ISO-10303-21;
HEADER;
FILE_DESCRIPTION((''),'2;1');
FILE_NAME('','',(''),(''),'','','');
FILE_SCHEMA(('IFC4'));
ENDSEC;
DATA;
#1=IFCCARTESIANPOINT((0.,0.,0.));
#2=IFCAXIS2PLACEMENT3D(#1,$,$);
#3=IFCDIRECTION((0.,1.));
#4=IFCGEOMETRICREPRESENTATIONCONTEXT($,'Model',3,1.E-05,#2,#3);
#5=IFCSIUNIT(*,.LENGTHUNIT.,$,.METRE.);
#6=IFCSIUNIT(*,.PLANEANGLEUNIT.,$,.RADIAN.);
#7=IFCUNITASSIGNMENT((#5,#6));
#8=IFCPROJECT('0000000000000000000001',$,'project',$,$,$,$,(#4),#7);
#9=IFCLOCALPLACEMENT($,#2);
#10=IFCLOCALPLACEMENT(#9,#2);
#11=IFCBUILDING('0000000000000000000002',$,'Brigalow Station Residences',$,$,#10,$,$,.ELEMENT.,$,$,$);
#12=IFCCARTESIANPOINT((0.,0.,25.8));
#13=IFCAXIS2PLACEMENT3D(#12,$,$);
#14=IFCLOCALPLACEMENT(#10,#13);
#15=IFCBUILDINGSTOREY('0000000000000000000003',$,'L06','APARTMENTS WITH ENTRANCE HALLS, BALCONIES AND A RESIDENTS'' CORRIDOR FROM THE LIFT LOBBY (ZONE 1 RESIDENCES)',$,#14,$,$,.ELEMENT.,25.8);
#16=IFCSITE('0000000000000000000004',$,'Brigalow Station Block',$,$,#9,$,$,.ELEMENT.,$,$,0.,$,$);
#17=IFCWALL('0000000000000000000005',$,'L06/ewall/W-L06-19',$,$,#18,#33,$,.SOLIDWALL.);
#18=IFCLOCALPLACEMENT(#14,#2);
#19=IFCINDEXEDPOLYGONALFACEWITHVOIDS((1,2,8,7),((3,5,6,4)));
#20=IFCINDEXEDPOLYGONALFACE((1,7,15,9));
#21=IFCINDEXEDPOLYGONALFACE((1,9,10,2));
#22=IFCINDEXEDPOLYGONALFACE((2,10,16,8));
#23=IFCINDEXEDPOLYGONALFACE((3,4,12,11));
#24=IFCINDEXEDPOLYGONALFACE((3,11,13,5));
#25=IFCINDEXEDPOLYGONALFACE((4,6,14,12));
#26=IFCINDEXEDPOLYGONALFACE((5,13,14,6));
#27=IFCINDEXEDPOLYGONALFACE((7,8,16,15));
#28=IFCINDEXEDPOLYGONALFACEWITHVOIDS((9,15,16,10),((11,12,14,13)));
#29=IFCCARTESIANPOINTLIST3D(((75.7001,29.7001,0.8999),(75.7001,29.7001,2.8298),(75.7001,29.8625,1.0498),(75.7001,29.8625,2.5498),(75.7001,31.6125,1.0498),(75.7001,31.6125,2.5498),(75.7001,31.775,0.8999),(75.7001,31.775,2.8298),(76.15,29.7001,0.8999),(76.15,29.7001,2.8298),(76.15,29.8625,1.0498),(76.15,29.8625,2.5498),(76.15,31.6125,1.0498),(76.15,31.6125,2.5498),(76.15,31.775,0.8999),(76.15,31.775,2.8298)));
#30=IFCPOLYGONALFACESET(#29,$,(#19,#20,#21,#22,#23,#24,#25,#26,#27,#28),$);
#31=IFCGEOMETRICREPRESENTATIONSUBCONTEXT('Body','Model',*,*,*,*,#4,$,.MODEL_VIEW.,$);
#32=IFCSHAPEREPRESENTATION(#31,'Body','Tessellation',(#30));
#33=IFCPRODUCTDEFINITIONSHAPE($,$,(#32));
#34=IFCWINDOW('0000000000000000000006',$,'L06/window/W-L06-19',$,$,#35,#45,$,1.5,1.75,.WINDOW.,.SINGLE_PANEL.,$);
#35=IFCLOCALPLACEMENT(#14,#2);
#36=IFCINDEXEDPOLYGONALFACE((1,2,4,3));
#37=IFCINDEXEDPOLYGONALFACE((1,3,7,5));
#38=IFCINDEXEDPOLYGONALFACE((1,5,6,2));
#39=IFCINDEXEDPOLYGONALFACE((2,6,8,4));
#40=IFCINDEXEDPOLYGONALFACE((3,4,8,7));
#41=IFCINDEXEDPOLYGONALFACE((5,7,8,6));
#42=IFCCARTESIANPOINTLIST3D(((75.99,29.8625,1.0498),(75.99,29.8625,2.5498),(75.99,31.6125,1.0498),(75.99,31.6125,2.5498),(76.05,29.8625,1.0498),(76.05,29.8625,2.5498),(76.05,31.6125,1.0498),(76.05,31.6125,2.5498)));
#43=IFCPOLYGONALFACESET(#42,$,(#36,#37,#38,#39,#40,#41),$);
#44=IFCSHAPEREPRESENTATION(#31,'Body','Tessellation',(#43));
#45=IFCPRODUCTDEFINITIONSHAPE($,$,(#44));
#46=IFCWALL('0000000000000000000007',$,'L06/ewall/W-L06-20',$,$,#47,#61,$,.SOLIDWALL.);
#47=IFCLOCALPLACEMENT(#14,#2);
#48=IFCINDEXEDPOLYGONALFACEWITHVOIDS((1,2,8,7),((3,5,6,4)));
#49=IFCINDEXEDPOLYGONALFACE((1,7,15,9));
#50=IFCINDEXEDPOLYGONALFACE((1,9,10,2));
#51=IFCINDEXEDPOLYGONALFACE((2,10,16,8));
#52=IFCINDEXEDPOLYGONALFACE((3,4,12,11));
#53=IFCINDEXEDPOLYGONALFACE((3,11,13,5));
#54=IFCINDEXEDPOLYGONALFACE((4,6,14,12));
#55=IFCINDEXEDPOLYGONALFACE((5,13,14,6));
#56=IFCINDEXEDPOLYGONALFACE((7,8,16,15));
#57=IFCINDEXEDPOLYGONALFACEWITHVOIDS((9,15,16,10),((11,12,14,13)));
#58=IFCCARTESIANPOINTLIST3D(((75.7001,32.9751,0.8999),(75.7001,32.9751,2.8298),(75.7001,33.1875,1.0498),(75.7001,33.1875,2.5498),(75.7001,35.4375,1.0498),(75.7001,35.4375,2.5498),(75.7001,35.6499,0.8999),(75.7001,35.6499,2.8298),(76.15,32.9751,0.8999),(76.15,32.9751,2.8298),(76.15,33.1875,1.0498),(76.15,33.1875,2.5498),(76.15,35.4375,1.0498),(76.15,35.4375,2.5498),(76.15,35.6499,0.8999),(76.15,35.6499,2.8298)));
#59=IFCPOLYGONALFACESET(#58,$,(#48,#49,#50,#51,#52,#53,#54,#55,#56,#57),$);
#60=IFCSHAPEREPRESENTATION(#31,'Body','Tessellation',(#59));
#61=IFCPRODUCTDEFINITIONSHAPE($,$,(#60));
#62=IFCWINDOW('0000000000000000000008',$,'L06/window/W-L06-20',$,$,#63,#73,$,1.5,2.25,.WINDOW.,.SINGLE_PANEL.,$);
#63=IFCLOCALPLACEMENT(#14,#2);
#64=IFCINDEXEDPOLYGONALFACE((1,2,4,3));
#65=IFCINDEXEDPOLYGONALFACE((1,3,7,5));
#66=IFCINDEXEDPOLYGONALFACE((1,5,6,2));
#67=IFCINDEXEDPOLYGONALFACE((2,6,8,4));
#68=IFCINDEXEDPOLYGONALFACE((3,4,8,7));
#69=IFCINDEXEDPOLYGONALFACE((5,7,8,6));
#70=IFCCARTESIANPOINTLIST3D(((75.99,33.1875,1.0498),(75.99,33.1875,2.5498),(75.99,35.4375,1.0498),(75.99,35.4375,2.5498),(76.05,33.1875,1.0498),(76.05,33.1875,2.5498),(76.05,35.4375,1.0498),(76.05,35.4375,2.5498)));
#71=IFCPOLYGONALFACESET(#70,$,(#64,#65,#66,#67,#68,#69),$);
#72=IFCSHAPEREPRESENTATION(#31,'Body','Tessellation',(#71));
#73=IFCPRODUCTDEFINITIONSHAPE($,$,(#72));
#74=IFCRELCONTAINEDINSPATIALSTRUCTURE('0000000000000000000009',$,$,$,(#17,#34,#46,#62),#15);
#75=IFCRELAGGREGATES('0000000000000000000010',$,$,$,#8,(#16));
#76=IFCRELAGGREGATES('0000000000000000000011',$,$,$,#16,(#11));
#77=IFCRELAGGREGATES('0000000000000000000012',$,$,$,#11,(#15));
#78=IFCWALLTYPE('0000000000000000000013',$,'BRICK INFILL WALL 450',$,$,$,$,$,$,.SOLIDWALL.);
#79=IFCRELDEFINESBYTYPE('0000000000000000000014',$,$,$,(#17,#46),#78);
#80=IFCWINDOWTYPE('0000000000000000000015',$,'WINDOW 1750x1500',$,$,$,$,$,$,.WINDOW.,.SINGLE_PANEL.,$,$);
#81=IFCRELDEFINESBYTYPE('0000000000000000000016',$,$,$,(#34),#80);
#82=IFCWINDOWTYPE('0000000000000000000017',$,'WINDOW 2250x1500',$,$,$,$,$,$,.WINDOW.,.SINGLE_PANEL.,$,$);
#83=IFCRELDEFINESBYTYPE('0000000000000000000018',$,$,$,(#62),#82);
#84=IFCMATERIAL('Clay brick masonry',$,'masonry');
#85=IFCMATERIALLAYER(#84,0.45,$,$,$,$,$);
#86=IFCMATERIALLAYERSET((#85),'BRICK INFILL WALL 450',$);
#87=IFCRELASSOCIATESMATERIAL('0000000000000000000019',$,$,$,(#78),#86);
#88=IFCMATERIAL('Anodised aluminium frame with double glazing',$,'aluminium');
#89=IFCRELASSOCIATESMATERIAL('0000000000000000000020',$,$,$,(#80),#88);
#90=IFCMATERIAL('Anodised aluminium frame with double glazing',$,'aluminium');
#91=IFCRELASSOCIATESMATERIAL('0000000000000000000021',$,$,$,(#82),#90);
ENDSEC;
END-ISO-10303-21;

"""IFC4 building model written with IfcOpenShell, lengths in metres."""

from ifc_helpers import new_model, si_unit, direction, frame, frame_2d, origin, place, context, subcontext, project, spatial, rectangle, extrude, material, layer, layer_set, type_object, element, fill, save


model = new_model("IFC4")

# Units and contexts
model_context = context("Model", 3, precision=1e-05, world=origin(), true_north=direction((0.0, 1.0)))
body_context = subcontext(model_context, "Body", "Model", "MODEL_VIEW")
ifc_project = project(units=[si_unit("LENGTHUNIT", "METRE"), si_unit("PLANEANGLEUNIT", "RADIAN")], contexts=[model_context])

# Site, building, storey
site_placement = place(None, origin())
site = spatial("IfcSite", under=ifc_project, at=site_placement, Name="Brigalow Station Block", CompositionType="ELEMENT", RefElevation=0.0)
building_placement = place(site_placement, origin())
building = spatial("IfcBuilding", under=site, at=building_placement, Name="Brigalow Station Residences", CompositionType="ELEMENT")
storey_placement = place(building_placement, frame((0.0, 0.0, 25.8)))
storey = spatial("IfcBuildingStorey", under=building, at=storey_placement, Name="L06", Description="APARTMENTS WITH ENTRANCE HALLS, BALCONIES AND A RESIDENTS' CORRIDOR FROM THE LIFT LOBBY (ZONE 1 RESIDENCES)", CompositionType="ELEMENT", Elevation=25.8)

# Shared definitions
ifc_material_1 = material(Name="Clay brick masonry", Category="masonry")
ifc_layer = layer(ifc_material_1, 0.45)
ifc_layer_set = layer_set([ifc_layer], Name="BRICK INFILL WALL 450")
wall_type = type_object("IfcWallType", Name="BRICK INFILL WALL 450", PredefinedType="SOLIDWALL", material=ifc_layer_set)

# Walls, openings, windows
wall_1_placement = place(storey_placement, frame((75.925, 29.7, 0.8999), z_axis=(0.0, 0.0, 1.0), x_axis=(0.0, 1.0, 0.0)))
wall_1 = element("IfcWall", 1, at=wall_1_placement, inside=storey, type_object=wall_type, Name="L06/ewall/W-L06-19", PredefinedType="SOLIDWALL", context=body_context, shape_type="SweptSolid", body=[
    extrude(rectangle(XDim=2.075, YDim=0.45, at=frame_2d((1.0376, 0.0))), origin(), (0.0, 0.0, 1.0), 1.9299),
])
opening_1_placement = place(wall_1_placement, frame((0.1626, 0.0, 0.1499)))
opening_1 = element("IfcOpeningElement", 2, at=opening_1_placement, cuts=wall_1, PredefinedType="OPENING", context=body_context, shape_type="SweptSolid", body=[
    extrude(rectangle(XDim=1.75, YDim=1.5, at=frame_2d((0.875, 0.75))), frame((0.0, 0.2349, 0.0), z_axis=(0.0, -1.0, 0.0), x_axis=(1.0, 0.0, 0.0)), (0.0, 0.0, 1.0), 0.47),
])
ifc_material_2 = material(Name="Anodised aluminium frame with double glazing", Category="aluminium")
window_type_1 = type_object("IfcWindowType", Name="WINDOW 1750x1500", PartitioningType="SINGLE_PANEL", PredefinedType="WINDOW", material=ifc_material_2)
window_1_placement = place(opening_1_placement, origin())
window_1 = element("IfcWindow", 3, at=window_1_placement, inside=storey, type_object=window_type_1, Name="L06/window/W-L06-19", OverallHeight=1.5, OverallWidth=1.75, PartitioningType="SINGLE_PANEL", PredefinedType="WINDOW", context=body_context, shape_type="SweptSolid", body=[
    extrude(rectangle(XDim=1.75, YDim=1.5, at=frame_2d((0.875, 0.75))), frame((0.0, -0.0649, 0.0), z_axis=(0.0, -1.0, 0.0), x_axis=(1.0, 0.0, 0.0)), (0.0, 0.0, 1.0), 0.0601),
])
fill(opening_1, window_1)
wall_2_placement = place(storey_placement, frame((75.925, 32.9751, 0.8999), z_axis=(0.0, 0.0, 1.0), x_axis=(0.0, 1.0, 0.0)))
wall_2 = element("IfcWall", 4, at=wall_2_placement, inside=storey, type_object=wall_type, Name="L06/ewall/W-L06-20", PredefinedType="SOLIDWALL", context=body_context, shape_type="SweptSolid", body=[
    extrude(rectangle(XDim=2.6748, YDim=0.45, at=frame_2d((1.3374, 0.0))), origin(), (0.0, 0.0, 1.0), 1.9299),
])
opening_2_placement = place(wall_2_placement, frame((0.2124, 0.0, 0.1499)))
opening_2 = element("IfcOpeningElement", 5, at=opening_2_placement, cuts=wall_2, PredefinedType="OPENING", context=body_context, shape_type="SweptSolid", body=[
    extrude(rectangle(XDim=2.25, YDim=1.5, at=frame_2d((1.125, 0.75))), frame((0.0, 0.2349, 0.0), z_axis=(0.0, -1.0, 0.0), x_axis=(1.0, 0.0, 0.0)), (0.0, 0.0, 1.0), 0.47),
])
ifc_material_3 = material(Name="Anodised aluminium frame with double glazing", Category="aluminium")
window_type_2 = type_object("IfcWindowType", Name="WINDOW 2250x1500", PartitioningType="SINGLE_PANEL", PredefinedType="WINDOW", material=ifc_material_3)
window_2_placement = place(opening_2_placement, origin())
window_2 = element("IfcWindow", 6, at=window_2_placement, inside=storey, type_object=window_type_2, Name="L06/window/W-L06-20", OverallHeight=1.5, OverallWidth=2.25, PartitioningType="SINGLE_PANEL", PredefinedType="WINDOW", context=body_context, shape_type="SweptSolid", body=[
    extrude(rectangle(XDim=2.25, YDim=1.5, at=frame_2d((1.125, 0.75))), frame((0.0, -0.0649, 0.0), z_axis=(0.0, -1.0, 0.0), x_axis=(1.0, 0.0, 0.0)), (0.0, 0.0, 1.0), 0.0601),
])
fill(opening_2, window_2)

save(model, "model.ifc")
